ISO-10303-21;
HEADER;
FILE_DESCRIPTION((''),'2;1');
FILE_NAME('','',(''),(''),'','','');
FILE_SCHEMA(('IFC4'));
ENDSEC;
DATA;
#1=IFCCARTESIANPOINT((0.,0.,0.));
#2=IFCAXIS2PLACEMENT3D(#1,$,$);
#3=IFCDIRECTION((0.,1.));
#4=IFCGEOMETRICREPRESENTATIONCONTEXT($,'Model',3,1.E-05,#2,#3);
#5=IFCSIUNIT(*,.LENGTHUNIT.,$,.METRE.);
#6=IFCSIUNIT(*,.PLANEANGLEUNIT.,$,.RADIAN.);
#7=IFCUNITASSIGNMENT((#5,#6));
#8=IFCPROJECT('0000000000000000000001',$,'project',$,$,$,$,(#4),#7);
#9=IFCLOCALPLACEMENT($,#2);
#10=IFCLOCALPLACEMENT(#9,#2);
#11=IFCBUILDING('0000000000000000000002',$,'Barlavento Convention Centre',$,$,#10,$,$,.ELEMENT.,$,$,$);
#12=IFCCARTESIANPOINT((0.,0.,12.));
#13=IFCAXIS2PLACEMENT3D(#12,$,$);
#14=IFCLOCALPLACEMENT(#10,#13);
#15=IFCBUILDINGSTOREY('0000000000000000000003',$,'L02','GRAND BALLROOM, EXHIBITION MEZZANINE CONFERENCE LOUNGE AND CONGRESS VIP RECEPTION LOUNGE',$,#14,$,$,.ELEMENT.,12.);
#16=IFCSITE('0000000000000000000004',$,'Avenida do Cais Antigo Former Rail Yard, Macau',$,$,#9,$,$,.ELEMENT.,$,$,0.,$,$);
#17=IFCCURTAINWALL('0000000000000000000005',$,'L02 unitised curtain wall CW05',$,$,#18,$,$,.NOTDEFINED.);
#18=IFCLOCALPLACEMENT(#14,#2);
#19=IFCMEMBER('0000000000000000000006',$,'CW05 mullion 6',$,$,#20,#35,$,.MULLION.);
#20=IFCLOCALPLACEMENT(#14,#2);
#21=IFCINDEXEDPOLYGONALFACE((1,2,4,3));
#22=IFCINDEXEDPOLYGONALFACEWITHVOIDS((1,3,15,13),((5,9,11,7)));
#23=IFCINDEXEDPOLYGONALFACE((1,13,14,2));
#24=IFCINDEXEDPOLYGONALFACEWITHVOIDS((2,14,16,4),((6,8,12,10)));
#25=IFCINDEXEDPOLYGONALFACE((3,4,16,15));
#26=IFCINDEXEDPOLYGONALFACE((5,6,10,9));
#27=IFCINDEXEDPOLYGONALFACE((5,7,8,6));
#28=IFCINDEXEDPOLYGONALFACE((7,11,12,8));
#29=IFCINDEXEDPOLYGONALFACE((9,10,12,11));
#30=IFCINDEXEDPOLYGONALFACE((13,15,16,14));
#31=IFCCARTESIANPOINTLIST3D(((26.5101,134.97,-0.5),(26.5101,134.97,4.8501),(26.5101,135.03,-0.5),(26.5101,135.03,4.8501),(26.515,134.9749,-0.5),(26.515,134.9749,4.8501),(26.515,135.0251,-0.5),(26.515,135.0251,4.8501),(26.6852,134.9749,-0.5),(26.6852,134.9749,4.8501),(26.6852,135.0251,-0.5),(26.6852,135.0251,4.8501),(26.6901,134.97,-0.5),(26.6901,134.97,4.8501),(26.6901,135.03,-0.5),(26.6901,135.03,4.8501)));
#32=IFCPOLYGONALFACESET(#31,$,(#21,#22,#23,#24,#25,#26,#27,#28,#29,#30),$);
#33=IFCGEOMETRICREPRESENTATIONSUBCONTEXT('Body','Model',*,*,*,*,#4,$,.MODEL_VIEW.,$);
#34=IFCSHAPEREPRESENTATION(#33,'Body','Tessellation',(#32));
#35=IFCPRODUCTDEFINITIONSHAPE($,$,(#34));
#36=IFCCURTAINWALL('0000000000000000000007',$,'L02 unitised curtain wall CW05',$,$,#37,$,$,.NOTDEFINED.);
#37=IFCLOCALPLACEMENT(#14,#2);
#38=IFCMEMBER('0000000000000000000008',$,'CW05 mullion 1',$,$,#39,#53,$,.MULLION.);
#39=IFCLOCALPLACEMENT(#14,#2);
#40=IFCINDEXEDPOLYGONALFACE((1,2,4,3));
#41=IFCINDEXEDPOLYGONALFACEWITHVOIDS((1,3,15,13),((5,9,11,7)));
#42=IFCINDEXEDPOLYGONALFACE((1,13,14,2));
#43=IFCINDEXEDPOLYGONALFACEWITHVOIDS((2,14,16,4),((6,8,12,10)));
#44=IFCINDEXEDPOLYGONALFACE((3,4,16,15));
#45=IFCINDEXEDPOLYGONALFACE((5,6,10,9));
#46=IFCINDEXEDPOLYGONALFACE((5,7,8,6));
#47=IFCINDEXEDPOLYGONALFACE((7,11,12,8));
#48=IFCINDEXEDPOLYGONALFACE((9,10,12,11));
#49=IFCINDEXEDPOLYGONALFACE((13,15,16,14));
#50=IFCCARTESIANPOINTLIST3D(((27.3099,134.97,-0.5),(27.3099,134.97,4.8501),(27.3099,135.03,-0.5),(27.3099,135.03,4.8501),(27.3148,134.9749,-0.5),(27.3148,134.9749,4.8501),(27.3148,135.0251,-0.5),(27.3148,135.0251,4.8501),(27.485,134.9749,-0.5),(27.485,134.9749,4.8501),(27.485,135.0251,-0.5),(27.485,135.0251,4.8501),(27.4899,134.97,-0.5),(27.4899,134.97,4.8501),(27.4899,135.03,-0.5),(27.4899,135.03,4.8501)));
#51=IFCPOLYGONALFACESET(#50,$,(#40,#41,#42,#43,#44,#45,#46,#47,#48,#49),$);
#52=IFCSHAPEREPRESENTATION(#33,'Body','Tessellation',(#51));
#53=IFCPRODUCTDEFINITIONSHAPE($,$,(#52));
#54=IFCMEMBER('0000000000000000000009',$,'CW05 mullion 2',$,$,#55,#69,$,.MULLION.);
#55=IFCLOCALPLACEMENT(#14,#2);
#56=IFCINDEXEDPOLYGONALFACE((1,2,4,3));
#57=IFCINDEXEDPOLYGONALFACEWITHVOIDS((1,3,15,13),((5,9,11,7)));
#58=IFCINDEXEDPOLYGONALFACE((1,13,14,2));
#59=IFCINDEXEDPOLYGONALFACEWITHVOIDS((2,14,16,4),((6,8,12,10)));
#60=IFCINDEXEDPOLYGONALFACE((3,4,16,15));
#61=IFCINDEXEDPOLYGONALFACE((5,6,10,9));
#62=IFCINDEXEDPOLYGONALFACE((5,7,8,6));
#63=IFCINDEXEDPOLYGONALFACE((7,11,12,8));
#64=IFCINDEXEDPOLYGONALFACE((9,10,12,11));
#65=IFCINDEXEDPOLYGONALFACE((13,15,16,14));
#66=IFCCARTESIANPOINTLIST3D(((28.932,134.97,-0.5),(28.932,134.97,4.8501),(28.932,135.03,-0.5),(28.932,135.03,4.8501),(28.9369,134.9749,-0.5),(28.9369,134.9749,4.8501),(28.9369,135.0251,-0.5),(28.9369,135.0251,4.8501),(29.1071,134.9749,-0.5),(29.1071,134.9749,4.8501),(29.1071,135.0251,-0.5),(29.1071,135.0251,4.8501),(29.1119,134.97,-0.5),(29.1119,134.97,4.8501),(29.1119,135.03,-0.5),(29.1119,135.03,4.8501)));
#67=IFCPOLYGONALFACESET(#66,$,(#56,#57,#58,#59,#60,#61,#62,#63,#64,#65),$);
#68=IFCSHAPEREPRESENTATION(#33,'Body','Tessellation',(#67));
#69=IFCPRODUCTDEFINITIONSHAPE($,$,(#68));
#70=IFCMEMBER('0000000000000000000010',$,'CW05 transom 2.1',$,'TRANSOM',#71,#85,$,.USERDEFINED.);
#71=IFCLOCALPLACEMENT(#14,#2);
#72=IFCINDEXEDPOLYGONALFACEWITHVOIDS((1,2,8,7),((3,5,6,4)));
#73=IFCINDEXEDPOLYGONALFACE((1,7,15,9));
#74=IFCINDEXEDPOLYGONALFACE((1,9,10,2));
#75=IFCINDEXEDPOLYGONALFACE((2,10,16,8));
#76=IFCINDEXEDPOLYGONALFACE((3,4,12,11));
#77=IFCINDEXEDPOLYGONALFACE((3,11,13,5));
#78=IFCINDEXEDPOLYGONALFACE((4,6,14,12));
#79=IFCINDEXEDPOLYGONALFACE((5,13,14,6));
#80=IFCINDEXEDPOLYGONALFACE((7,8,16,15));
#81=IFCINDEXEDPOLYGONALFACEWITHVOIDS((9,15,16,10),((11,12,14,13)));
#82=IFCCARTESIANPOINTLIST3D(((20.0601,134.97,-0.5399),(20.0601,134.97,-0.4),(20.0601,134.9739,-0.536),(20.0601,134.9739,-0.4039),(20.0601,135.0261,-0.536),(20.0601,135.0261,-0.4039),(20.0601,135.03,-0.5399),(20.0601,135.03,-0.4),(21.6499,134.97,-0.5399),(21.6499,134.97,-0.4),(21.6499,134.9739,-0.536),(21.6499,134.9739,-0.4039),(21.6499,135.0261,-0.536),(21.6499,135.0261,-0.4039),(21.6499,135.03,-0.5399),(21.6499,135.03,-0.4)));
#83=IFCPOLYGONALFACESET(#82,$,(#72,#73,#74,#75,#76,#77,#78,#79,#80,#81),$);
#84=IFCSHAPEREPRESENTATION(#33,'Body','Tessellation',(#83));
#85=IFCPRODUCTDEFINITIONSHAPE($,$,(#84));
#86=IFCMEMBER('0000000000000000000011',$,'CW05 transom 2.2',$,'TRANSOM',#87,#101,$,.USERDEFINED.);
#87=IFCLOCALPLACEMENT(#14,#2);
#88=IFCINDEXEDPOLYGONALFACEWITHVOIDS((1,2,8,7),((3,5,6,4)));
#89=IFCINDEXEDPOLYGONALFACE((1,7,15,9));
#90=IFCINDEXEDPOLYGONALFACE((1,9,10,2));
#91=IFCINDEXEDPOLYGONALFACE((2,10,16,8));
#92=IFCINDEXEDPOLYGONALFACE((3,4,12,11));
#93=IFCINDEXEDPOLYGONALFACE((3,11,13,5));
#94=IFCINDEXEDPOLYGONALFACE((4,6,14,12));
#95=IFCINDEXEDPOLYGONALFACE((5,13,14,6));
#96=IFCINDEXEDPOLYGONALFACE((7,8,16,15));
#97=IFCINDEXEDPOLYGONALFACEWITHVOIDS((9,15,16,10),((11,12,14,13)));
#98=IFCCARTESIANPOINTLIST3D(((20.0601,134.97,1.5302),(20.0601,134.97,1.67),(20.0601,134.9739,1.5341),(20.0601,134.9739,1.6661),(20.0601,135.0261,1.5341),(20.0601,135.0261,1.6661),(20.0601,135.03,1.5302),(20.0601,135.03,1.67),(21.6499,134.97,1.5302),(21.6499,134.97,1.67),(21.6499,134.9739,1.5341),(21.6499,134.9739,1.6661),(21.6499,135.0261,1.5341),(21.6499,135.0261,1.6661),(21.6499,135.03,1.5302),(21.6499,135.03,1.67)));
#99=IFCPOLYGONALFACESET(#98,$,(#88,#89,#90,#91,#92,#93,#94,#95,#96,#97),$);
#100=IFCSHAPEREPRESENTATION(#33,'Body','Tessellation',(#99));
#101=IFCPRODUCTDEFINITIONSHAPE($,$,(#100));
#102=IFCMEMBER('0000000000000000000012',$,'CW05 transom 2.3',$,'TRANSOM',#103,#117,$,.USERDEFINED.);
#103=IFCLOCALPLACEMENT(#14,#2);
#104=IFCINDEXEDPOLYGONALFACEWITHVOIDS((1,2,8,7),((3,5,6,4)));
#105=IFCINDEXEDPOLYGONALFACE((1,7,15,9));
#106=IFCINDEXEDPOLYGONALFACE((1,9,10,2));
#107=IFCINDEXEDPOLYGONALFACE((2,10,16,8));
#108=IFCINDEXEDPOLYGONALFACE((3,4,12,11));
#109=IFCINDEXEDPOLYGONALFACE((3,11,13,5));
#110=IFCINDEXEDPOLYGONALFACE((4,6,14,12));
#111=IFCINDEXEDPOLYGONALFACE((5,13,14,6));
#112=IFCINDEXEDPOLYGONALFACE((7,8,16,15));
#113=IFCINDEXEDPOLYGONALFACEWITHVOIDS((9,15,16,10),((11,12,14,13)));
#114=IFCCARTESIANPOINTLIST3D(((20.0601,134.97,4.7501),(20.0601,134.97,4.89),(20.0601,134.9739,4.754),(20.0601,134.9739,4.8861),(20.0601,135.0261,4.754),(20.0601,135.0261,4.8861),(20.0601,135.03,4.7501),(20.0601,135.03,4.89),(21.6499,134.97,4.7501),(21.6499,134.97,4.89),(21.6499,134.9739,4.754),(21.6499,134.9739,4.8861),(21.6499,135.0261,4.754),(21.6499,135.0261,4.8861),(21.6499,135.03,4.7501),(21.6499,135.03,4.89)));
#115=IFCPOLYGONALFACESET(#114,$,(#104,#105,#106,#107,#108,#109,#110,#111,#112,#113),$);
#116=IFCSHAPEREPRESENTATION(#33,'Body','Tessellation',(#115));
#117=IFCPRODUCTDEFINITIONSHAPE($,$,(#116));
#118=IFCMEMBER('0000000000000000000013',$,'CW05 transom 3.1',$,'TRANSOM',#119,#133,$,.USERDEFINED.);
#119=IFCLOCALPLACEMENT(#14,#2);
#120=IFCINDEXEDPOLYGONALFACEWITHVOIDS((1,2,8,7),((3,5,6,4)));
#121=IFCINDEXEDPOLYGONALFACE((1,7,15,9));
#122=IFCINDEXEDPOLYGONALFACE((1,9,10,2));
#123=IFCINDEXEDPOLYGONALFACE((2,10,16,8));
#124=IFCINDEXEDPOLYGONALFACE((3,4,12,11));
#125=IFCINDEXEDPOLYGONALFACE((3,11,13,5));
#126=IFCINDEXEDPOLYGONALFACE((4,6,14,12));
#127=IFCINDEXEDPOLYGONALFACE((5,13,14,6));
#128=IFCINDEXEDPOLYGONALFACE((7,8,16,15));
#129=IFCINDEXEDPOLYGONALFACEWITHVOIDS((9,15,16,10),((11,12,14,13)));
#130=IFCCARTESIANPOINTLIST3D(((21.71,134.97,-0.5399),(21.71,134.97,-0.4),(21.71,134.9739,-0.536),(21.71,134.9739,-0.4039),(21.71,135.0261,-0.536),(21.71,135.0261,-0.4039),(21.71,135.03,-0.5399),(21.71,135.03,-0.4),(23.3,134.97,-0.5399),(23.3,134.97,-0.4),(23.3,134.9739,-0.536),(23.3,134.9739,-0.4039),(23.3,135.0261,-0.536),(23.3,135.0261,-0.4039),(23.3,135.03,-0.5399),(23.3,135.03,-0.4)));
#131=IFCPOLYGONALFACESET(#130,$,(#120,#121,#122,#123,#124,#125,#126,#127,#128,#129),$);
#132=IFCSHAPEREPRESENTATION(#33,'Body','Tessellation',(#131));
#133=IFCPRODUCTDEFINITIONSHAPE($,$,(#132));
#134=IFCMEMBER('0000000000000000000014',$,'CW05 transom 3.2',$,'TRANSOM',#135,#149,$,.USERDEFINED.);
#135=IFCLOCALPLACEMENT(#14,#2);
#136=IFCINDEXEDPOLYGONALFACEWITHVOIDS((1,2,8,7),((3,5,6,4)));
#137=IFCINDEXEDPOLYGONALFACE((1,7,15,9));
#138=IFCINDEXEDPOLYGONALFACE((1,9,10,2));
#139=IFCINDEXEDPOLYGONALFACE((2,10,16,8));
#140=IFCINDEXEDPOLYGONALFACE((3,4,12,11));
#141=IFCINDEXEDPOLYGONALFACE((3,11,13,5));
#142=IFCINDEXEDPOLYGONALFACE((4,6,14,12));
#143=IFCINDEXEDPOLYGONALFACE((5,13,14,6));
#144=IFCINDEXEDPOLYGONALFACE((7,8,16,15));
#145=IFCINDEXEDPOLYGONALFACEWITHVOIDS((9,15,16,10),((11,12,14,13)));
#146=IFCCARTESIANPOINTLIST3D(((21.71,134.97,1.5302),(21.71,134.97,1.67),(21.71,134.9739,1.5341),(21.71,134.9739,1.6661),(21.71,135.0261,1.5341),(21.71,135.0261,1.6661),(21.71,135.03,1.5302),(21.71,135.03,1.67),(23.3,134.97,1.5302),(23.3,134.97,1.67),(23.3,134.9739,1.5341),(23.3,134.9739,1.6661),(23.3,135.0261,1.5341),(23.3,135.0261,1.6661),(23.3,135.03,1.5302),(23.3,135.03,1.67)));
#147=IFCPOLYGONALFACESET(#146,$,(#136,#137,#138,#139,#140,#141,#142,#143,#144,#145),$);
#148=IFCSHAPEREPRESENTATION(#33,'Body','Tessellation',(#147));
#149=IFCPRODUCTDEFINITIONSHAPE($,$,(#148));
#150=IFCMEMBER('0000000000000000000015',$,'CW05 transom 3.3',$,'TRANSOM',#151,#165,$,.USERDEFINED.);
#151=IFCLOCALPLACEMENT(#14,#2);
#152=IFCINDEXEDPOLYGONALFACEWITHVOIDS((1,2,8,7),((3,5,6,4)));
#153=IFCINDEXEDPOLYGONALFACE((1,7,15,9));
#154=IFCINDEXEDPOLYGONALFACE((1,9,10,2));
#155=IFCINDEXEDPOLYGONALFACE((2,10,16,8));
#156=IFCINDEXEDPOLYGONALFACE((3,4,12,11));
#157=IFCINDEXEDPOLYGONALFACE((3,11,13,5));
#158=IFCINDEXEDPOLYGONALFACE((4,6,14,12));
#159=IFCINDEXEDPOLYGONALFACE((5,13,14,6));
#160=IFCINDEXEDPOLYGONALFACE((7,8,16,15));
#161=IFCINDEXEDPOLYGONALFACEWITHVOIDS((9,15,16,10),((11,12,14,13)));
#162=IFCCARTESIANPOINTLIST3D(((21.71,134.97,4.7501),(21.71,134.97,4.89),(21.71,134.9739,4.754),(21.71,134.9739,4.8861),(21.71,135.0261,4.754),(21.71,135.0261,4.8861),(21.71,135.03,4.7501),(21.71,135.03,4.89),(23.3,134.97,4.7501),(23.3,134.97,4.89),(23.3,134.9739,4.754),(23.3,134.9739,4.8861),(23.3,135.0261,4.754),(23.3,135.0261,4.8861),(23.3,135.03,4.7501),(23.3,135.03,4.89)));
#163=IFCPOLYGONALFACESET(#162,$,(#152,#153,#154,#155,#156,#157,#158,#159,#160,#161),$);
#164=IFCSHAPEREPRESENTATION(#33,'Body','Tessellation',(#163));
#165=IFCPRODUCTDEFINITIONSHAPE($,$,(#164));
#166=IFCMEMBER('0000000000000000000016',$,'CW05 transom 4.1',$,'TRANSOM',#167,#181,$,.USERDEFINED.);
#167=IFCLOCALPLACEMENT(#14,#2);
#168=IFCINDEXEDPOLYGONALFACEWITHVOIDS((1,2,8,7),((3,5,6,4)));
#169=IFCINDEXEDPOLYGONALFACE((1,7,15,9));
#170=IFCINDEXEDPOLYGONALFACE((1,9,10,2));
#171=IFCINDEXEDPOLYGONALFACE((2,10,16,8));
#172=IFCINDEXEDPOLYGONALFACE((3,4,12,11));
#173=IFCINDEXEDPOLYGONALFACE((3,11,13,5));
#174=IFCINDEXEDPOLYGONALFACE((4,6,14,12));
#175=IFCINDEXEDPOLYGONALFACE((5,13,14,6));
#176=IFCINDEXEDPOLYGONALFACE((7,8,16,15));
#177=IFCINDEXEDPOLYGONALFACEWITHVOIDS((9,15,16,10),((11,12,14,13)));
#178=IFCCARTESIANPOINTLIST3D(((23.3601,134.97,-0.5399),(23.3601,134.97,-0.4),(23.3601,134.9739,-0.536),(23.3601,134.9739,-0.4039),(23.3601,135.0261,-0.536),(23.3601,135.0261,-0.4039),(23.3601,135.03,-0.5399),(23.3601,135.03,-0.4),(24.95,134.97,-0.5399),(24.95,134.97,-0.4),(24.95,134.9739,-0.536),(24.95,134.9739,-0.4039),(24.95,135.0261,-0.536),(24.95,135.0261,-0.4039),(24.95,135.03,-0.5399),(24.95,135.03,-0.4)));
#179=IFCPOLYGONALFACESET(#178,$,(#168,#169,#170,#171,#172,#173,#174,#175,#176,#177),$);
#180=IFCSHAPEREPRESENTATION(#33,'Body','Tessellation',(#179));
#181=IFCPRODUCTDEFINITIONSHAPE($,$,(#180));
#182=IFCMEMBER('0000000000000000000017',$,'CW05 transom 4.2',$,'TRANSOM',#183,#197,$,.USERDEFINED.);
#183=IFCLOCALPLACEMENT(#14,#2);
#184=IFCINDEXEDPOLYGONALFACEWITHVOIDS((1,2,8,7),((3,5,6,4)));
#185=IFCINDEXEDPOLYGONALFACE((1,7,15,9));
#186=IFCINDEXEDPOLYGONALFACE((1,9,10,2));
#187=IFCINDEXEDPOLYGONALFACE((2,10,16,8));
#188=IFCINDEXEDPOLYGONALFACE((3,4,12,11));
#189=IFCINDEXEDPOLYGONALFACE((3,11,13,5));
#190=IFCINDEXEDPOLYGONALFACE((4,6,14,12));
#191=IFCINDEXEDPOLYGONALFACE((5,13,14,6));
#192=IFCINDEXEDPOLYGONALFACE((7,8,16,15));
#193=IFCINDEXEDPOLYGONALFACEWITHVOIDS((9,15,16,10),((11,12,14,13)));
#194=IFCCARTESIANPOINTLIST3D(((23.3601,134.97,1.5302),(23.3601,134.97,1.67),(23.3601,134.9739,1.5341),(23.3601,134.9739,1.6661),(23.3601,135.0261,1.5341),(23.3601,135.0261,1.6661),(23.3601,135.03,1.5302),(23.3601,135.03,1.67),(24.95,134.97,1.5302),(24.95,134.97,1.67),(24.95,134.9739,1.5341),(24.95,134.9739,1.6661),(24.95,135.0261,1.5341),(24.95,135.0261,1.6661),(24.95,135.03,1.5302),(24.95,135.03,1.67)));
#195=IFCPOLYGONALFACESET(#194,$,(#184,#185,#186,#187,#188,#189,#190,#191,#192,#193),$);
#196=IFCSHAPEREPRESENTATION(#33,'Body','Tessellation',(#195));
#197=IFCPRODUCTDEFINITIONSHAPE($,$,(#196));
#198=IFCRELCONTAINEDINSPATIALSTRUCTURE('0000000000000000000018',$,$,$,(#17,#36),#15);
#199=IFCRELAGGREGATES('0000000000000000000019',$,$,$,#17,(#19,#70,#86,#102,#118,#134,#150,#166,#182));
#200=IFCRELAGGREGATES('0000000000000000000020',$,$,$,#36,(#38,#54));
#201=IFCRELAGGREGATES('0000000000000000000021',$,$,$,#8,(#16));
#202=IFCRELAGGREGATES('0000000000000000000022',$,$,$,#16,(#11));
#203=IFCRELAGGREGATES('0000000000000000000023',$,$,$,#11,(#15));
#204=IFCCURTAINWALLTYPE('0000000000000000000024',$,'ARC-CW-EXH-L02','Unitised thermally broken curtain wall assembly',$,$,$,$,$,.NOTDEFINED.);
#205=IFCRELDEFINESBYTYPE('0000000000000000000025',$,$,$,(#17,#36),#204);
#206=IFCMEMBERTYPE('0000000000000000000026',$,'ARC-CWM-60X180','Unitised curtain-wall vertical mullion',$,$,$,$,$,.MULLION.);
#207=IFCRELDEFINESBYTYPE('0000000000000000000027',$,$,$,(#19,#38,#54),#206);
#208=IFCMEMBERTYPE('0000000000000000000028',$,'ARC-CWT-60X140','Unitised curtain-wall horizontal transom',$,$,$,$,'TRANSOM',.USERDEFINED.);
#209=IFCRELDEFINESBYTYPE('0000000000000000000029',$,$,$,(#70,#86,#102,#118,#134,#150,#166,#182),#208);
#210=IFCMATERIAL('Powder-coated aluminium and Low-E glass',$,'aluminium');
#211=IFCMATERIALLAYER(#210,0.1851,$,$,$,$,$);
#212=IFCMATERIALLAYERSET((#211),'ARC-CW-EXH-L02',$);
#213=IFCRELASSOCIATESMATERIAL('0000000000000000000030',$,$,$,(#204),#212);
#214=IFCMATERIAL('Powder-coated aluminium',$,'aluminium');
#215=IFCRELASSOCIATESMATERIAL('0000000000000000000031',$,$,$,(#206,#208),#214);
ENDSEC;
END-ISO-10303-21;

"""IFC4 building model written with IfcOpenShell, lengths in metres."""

from ifc_helpers import new_model, si_unit, direction, frame, origin, origin_2d, place, context, subcontext, project, spatial, hollow_rectangle, extrude, material, layer, layer_set, material_profile, profile_set, type_object, element, aggregate, save


model = new_model("IFC4")

# Units and contexts
model_context = context("Model", 3, precision=1e-05, world=origin(), true_north=direction((0.0, 1.0)))
body_context = subcontext(model_context, "Body", "Model", "MODEL_VIEW")
ifc_project = project(units=[si_unit("LENGTHUNIT", "METRE"), si_unit("PLANEANGLEUNIT", "RADIAN")], contexts=[model_context])

# Site, building, storey
site_placement = place(None, origin())
site = spatial("IfcSite", under=ifc_project, at=site_placement, Name="Avenida do Cais Antigo Former Rail Yard, Macau", CompositionType="ELEMENT", RefElevation=0.0)
building_placement = place(site_placement, origin())
building = spatial("IfcBuilding", under=site, at=building_placement, Name="Barlavento Convention Centre", CompositionType="ELEMENT")
storey_placement = place(building_placement, frame((0.0, 0.0, 12.0)))
storey = spatial("IfcBuildingStorey", under=building, at=storey_placement, Name="L02", Description="GRAND BALLROOM, EXHIBITION MEZZANINE CONFERENCE LOUNGE AND CONGRESS VIP RECEPTION LOUNGE", CompositionType="ELEMENT", Elevation=12.0)

# Curtain walls, members
ifc_material_1 = material(Name="Powder-coated aluminium and Low-E glass", Category="aluminium")
ifc_layer_1 = layer(ifc_material_1, 0.1851)
ifc_layer_set_1 = layer_set([ifc_layer_1], Name="ARC-CW-EXH-L02")
curtain_wall_type = type_object("IfcCurtainWallType", Name="ARC-CW-EXH-L02", Description="Unitised thermally broken curtain wall assembly", PredefinedType="NOTDEFINED", material=ifc_layer_set_1)
curtain_wall_1_placement = place(storey_placement, origin())
curtain_wall_1 = element("IfcCurtainWall", 1, at=curtain_wall_1_placement, inside=storey, type_object=curtain_wall_type, Name="L02 unitised curtain wall CW05", PredefinedType="NOTDEFINED")
ifc_material_2 = material(Name="Powder-coated aluminium", Category="aluminium")
ifc_material_profile_1 = material_profile(ifc_material_2, hollow_rectangle(XDim=0.0601, YDim=0.1799, WallThickness=0.0049, at=origin_2d()), Name="AL-MULL 60x180x5")
ifc_profile_set_1 = profile_set([ifc_material_profile_1], Name="Powder-coated aluminium")
member_type_1 = type_object("IfcMemberType", Name="ARC-CWM-60X180", Description="Unitised curtain-wall vertical mullion", PredefinedType="MULLION", material=ifc_profile_set_1)
member_1_placement = place(storey_placement, frame((26.6001, 135.0, -0.5), z_axis=(0.0, 0.0, 1.0), x_axis=(0.0, 1.0, 0.0)))
member_1 = element("IfcMember", 2, at=member_1_placement, type_object=member_type_1, Name="CW05 mullion 6", PredefinedType="MULLION", context=body_context, shape_type="SweptSolid", body=[
    extrude(hollow_rectangle(XDim=0.0601, YDim=0.1799, WallThickness=0.0049, at=origin_2d()), origin(), (0.0, 0.0, 1.0), 5.3501),
])
curtain_wall_2_placement = place(storey_placement, origin())
curtain_wall_2 = element("IfcCurtainWall", 3, at=curtain_wall_2_placement, inside=storey, type_object=curtain_wall_type, Name="L02 unitised curtain wall CW05", PredefinedType="NOTDEFINED")
member_2_placement = place(storey_placement, frame((27.3999, 135.0, -0.5), z_axis=(0.0, 0.0, 1.0), x_axis=(0.0, 1.0, 0.0)))
member_2 = element("IfcMember", 4, at=member_2_placement, type_object=member_type_1, Name="CW05 mullion 1", PredefinedType="MULLION", context=body_context, shape_type="SweptSolid", body=[
    extrude(hollow_rectangle(XDim=0.0601, YDim=0.1799, WallThickness=0.0049, at=origin_2d()), origin(), (0.0, 0.0, 1.0), 5.3501),
])
member_3_placement = place(storey_placement, frame((29.022, 135.0, -0.5), z_axis=(0.0, 0.0, 1.0), x_axis=(0.0, 1.0, 0.0)))
member_3 = element("IfcMember", 5, at=member_3_placement, type_object=member_type_1, Name="CW05 mullion 2", PredefinedType="MULLION", context=body_context, shape_type="SweptSolid", body=[
    extrude(hollow_rectangle(XDim=0.0601, YDim=0.1799, WallThickness=0.0049, at=origin_2d()), origin(), (0.0, 0.0, 1.0), 5.3501),
])

# Members
ifc_material_profile_2 = material_profile(ifc_material_2, hollow_rectangle(XDim=0.0601, YDim=0.1399, WallThickness=0.0039, at=origin_2d()), Name="AL-TRAN 60x140x4")
ifc_profile_set_2 = profile_set([ifc_material_profile_2], Name="Powder-coated aluminium")
member_type_2 = type_object("IfcMemberType", Name="ARC-CWT-60X140", Description="Unitised curtain-wall horizontal transom", ElementType="TRANSOM", PredefinedType="USERDEFINED", material=ifc_profile_set_2)
member_4_placement = place(storey_placement, frame((20.0601, 135.0, -0.47), z_axis=(1.0, 0.0, 0.0), x_axis=(0.0, 1.0, 0.0)))
member_4 = element("IfcMember", 6, at=member_4_placement, type_object=member_type_2, Name="CW05 transom 2.1", ObjectType="TRANSOM", PredefinedType="USERDEFINED", context=body_context, shape_type="SweptSolid", body=[
    extrude(hollow_rectangle(XDim=0.0601, YDim=0.1399, WallThickness=0.0039, at=origin_2d()), origin(), (0.0, 0.0, 1.0), 1.5898),
])
member_5_placement = place(storey_placement, frame((20.0601, 135.0, 1.6001), z_axis=(1.0, 0.0, 0.0), x_axis=(0.0, 1.0, 0.0)))
member_5 = element("IfcMember", 7, at=member_5_placement, type_object=member_type_2, Name="CW05 transom 2.2", ObjectType="TRANSOM", PredefinedType="USERDEFINED", context=body_context, shape_type="SweptSolid", body=[
    extrude(hollow_rectangle(XDim=0.0601, YDim=0.1399, WallThickness=0.0039, at=origin_2d()), origin(), (0.0, 0.0, 1.0), 1.5898),
])
member_6_placement = place(storey_placement, frame((20.0601, 135.0, 4.8201), z_axis=(1.0, 0.0, 0.0), x_axis=(0.0, 1.0, 0.0)))
member_6 = element("IfcMember", 8, at=member_6_placement, type_object=member_type_2, Name="CW05 transom 2.3", ObjectType="TRANSOM", PredefinedType="USERDEFINED", context=body_context, shape_type="SweptSolid", body=[
    extrude(hollow_rectangle(XDim=0.0601, YDim=0.1399, WallThickness=0.0039, at=origin_2d()), origin(), (0.0, 0.0, 1.0), 1.5898),
])
member_7_placement = place(storey_placement, frame((21.71, 135.0, -0.47), z_axis=(1.0, 0.0, 0.0), x_axis=(0.0, 1.0, 0.0)))
member_7 = element("IfcMember", 9, at=member_7_placement, type_object=member_type_2, Name="CW05 transom 3.1", ObjectType="TRANSOM", PredefinedType="USERDEFINED", context=body_context, shape_type="SweptSolid", body=[
    extrude(hollow_rectangle(XDim=0.0601, YDim=0.1399, WallThickness=0.0039, at=origin_2d()), origin(), (0.0, 0.0, 1.0), 1.5901),
])
member_8_placement = place(storey_placement, frame((21.71, 135.0, 1.6001), z_axis=(1.0, 0.0, 0.0), x_axis=(0.0, 1.0, 0.0)))
member_8 = element("IfcMember", 10, at=member_8_placement, type_object=member_type_2, Name="CW05 transom 3.2", ObjectType="TRANSOM", PredefinedType="USERDEFINED", context=body_context, shape_type="SweptSolid", body=[
    extrude(hollow_rectangle(XDim=0.0601, YDim=0.1399, WallThickness=0.0039, at=origin_2d()), origin(), (0.0, 0.0, 1.0), 1.5901),
])
member_9_placement = place(storey_placement, frame((21.71, 135.0, 4.8201), z_axis=(1.0, 0.0, 0.0), x_axis=(0.0, 1.0, 0.0)))
member_9 = element("IfcMember", 11, at=member_9_placement, type_object=member_type_2, Name="CW05 transom 3.3", ObjectType="TRANSOM", PredefinedType="USERDEFINED", context=body_context, shape_type="SweptSolid", body=[
    extrude(hollow_rectangle(XDim=0.0601, YDim=0.1399, WallThickness=0.0039, at=origin_2d()), origin(), (0.0, 0.0, 1.0), 1.5901),
])
member_10_placement = place(storey_placement, frame((23.3601, 135.0, -0.47), z_axis=(1.0, 0.0, 0.0), x_axis=(0.0, 1.0, 0.0)))
member_10 = element("IfcMember", 12, at=member_10_placement, type_object=member_type_2, Name="CW05 transom 4.1", ObjectType="TRANSOM", PredefinedType="USERDEFINED", context=body_context, shape_type="SweptSolid", body=[
    extrude(hollow_rectangle(XDim=0.0601, YDim=0.1399, WallThickness=0.0039, at=origin_2d()), origin(), (0.0, 0.0, 1.0), 1.5898),
])
member_11_placement = place(storey_placement, frame((23.3601, 135.0, 1.6001), z_axis=(1.0, 0.0, 0.0), x_axis=(0.0, 1.0, 0.0)))
member_11 = element("IfcMember", 13, at=member_11_placement, type_object=member_type_2, Name="CW05 transom 4.2", ObjectType="TRANSOM", PredefinedType="USERDEFINED", context=body_context, shape_type="SweptSolid", body=[
    extrude(hollow_rectangle(XDim=0.0601, YDim=0.1399, WallThickness=0.0039, at=origin_2d()), origin(), (0.0, 0.0, 1.0), 1.5898),
])

aggregate(curtain_wall_1, [member_1, member_4, member_5, member_6, member_7, member_8, member_9, member_10, member_11])
aggregate(curtain_wall_2, [member_2, member_3])

save(model, "model.ifc")
